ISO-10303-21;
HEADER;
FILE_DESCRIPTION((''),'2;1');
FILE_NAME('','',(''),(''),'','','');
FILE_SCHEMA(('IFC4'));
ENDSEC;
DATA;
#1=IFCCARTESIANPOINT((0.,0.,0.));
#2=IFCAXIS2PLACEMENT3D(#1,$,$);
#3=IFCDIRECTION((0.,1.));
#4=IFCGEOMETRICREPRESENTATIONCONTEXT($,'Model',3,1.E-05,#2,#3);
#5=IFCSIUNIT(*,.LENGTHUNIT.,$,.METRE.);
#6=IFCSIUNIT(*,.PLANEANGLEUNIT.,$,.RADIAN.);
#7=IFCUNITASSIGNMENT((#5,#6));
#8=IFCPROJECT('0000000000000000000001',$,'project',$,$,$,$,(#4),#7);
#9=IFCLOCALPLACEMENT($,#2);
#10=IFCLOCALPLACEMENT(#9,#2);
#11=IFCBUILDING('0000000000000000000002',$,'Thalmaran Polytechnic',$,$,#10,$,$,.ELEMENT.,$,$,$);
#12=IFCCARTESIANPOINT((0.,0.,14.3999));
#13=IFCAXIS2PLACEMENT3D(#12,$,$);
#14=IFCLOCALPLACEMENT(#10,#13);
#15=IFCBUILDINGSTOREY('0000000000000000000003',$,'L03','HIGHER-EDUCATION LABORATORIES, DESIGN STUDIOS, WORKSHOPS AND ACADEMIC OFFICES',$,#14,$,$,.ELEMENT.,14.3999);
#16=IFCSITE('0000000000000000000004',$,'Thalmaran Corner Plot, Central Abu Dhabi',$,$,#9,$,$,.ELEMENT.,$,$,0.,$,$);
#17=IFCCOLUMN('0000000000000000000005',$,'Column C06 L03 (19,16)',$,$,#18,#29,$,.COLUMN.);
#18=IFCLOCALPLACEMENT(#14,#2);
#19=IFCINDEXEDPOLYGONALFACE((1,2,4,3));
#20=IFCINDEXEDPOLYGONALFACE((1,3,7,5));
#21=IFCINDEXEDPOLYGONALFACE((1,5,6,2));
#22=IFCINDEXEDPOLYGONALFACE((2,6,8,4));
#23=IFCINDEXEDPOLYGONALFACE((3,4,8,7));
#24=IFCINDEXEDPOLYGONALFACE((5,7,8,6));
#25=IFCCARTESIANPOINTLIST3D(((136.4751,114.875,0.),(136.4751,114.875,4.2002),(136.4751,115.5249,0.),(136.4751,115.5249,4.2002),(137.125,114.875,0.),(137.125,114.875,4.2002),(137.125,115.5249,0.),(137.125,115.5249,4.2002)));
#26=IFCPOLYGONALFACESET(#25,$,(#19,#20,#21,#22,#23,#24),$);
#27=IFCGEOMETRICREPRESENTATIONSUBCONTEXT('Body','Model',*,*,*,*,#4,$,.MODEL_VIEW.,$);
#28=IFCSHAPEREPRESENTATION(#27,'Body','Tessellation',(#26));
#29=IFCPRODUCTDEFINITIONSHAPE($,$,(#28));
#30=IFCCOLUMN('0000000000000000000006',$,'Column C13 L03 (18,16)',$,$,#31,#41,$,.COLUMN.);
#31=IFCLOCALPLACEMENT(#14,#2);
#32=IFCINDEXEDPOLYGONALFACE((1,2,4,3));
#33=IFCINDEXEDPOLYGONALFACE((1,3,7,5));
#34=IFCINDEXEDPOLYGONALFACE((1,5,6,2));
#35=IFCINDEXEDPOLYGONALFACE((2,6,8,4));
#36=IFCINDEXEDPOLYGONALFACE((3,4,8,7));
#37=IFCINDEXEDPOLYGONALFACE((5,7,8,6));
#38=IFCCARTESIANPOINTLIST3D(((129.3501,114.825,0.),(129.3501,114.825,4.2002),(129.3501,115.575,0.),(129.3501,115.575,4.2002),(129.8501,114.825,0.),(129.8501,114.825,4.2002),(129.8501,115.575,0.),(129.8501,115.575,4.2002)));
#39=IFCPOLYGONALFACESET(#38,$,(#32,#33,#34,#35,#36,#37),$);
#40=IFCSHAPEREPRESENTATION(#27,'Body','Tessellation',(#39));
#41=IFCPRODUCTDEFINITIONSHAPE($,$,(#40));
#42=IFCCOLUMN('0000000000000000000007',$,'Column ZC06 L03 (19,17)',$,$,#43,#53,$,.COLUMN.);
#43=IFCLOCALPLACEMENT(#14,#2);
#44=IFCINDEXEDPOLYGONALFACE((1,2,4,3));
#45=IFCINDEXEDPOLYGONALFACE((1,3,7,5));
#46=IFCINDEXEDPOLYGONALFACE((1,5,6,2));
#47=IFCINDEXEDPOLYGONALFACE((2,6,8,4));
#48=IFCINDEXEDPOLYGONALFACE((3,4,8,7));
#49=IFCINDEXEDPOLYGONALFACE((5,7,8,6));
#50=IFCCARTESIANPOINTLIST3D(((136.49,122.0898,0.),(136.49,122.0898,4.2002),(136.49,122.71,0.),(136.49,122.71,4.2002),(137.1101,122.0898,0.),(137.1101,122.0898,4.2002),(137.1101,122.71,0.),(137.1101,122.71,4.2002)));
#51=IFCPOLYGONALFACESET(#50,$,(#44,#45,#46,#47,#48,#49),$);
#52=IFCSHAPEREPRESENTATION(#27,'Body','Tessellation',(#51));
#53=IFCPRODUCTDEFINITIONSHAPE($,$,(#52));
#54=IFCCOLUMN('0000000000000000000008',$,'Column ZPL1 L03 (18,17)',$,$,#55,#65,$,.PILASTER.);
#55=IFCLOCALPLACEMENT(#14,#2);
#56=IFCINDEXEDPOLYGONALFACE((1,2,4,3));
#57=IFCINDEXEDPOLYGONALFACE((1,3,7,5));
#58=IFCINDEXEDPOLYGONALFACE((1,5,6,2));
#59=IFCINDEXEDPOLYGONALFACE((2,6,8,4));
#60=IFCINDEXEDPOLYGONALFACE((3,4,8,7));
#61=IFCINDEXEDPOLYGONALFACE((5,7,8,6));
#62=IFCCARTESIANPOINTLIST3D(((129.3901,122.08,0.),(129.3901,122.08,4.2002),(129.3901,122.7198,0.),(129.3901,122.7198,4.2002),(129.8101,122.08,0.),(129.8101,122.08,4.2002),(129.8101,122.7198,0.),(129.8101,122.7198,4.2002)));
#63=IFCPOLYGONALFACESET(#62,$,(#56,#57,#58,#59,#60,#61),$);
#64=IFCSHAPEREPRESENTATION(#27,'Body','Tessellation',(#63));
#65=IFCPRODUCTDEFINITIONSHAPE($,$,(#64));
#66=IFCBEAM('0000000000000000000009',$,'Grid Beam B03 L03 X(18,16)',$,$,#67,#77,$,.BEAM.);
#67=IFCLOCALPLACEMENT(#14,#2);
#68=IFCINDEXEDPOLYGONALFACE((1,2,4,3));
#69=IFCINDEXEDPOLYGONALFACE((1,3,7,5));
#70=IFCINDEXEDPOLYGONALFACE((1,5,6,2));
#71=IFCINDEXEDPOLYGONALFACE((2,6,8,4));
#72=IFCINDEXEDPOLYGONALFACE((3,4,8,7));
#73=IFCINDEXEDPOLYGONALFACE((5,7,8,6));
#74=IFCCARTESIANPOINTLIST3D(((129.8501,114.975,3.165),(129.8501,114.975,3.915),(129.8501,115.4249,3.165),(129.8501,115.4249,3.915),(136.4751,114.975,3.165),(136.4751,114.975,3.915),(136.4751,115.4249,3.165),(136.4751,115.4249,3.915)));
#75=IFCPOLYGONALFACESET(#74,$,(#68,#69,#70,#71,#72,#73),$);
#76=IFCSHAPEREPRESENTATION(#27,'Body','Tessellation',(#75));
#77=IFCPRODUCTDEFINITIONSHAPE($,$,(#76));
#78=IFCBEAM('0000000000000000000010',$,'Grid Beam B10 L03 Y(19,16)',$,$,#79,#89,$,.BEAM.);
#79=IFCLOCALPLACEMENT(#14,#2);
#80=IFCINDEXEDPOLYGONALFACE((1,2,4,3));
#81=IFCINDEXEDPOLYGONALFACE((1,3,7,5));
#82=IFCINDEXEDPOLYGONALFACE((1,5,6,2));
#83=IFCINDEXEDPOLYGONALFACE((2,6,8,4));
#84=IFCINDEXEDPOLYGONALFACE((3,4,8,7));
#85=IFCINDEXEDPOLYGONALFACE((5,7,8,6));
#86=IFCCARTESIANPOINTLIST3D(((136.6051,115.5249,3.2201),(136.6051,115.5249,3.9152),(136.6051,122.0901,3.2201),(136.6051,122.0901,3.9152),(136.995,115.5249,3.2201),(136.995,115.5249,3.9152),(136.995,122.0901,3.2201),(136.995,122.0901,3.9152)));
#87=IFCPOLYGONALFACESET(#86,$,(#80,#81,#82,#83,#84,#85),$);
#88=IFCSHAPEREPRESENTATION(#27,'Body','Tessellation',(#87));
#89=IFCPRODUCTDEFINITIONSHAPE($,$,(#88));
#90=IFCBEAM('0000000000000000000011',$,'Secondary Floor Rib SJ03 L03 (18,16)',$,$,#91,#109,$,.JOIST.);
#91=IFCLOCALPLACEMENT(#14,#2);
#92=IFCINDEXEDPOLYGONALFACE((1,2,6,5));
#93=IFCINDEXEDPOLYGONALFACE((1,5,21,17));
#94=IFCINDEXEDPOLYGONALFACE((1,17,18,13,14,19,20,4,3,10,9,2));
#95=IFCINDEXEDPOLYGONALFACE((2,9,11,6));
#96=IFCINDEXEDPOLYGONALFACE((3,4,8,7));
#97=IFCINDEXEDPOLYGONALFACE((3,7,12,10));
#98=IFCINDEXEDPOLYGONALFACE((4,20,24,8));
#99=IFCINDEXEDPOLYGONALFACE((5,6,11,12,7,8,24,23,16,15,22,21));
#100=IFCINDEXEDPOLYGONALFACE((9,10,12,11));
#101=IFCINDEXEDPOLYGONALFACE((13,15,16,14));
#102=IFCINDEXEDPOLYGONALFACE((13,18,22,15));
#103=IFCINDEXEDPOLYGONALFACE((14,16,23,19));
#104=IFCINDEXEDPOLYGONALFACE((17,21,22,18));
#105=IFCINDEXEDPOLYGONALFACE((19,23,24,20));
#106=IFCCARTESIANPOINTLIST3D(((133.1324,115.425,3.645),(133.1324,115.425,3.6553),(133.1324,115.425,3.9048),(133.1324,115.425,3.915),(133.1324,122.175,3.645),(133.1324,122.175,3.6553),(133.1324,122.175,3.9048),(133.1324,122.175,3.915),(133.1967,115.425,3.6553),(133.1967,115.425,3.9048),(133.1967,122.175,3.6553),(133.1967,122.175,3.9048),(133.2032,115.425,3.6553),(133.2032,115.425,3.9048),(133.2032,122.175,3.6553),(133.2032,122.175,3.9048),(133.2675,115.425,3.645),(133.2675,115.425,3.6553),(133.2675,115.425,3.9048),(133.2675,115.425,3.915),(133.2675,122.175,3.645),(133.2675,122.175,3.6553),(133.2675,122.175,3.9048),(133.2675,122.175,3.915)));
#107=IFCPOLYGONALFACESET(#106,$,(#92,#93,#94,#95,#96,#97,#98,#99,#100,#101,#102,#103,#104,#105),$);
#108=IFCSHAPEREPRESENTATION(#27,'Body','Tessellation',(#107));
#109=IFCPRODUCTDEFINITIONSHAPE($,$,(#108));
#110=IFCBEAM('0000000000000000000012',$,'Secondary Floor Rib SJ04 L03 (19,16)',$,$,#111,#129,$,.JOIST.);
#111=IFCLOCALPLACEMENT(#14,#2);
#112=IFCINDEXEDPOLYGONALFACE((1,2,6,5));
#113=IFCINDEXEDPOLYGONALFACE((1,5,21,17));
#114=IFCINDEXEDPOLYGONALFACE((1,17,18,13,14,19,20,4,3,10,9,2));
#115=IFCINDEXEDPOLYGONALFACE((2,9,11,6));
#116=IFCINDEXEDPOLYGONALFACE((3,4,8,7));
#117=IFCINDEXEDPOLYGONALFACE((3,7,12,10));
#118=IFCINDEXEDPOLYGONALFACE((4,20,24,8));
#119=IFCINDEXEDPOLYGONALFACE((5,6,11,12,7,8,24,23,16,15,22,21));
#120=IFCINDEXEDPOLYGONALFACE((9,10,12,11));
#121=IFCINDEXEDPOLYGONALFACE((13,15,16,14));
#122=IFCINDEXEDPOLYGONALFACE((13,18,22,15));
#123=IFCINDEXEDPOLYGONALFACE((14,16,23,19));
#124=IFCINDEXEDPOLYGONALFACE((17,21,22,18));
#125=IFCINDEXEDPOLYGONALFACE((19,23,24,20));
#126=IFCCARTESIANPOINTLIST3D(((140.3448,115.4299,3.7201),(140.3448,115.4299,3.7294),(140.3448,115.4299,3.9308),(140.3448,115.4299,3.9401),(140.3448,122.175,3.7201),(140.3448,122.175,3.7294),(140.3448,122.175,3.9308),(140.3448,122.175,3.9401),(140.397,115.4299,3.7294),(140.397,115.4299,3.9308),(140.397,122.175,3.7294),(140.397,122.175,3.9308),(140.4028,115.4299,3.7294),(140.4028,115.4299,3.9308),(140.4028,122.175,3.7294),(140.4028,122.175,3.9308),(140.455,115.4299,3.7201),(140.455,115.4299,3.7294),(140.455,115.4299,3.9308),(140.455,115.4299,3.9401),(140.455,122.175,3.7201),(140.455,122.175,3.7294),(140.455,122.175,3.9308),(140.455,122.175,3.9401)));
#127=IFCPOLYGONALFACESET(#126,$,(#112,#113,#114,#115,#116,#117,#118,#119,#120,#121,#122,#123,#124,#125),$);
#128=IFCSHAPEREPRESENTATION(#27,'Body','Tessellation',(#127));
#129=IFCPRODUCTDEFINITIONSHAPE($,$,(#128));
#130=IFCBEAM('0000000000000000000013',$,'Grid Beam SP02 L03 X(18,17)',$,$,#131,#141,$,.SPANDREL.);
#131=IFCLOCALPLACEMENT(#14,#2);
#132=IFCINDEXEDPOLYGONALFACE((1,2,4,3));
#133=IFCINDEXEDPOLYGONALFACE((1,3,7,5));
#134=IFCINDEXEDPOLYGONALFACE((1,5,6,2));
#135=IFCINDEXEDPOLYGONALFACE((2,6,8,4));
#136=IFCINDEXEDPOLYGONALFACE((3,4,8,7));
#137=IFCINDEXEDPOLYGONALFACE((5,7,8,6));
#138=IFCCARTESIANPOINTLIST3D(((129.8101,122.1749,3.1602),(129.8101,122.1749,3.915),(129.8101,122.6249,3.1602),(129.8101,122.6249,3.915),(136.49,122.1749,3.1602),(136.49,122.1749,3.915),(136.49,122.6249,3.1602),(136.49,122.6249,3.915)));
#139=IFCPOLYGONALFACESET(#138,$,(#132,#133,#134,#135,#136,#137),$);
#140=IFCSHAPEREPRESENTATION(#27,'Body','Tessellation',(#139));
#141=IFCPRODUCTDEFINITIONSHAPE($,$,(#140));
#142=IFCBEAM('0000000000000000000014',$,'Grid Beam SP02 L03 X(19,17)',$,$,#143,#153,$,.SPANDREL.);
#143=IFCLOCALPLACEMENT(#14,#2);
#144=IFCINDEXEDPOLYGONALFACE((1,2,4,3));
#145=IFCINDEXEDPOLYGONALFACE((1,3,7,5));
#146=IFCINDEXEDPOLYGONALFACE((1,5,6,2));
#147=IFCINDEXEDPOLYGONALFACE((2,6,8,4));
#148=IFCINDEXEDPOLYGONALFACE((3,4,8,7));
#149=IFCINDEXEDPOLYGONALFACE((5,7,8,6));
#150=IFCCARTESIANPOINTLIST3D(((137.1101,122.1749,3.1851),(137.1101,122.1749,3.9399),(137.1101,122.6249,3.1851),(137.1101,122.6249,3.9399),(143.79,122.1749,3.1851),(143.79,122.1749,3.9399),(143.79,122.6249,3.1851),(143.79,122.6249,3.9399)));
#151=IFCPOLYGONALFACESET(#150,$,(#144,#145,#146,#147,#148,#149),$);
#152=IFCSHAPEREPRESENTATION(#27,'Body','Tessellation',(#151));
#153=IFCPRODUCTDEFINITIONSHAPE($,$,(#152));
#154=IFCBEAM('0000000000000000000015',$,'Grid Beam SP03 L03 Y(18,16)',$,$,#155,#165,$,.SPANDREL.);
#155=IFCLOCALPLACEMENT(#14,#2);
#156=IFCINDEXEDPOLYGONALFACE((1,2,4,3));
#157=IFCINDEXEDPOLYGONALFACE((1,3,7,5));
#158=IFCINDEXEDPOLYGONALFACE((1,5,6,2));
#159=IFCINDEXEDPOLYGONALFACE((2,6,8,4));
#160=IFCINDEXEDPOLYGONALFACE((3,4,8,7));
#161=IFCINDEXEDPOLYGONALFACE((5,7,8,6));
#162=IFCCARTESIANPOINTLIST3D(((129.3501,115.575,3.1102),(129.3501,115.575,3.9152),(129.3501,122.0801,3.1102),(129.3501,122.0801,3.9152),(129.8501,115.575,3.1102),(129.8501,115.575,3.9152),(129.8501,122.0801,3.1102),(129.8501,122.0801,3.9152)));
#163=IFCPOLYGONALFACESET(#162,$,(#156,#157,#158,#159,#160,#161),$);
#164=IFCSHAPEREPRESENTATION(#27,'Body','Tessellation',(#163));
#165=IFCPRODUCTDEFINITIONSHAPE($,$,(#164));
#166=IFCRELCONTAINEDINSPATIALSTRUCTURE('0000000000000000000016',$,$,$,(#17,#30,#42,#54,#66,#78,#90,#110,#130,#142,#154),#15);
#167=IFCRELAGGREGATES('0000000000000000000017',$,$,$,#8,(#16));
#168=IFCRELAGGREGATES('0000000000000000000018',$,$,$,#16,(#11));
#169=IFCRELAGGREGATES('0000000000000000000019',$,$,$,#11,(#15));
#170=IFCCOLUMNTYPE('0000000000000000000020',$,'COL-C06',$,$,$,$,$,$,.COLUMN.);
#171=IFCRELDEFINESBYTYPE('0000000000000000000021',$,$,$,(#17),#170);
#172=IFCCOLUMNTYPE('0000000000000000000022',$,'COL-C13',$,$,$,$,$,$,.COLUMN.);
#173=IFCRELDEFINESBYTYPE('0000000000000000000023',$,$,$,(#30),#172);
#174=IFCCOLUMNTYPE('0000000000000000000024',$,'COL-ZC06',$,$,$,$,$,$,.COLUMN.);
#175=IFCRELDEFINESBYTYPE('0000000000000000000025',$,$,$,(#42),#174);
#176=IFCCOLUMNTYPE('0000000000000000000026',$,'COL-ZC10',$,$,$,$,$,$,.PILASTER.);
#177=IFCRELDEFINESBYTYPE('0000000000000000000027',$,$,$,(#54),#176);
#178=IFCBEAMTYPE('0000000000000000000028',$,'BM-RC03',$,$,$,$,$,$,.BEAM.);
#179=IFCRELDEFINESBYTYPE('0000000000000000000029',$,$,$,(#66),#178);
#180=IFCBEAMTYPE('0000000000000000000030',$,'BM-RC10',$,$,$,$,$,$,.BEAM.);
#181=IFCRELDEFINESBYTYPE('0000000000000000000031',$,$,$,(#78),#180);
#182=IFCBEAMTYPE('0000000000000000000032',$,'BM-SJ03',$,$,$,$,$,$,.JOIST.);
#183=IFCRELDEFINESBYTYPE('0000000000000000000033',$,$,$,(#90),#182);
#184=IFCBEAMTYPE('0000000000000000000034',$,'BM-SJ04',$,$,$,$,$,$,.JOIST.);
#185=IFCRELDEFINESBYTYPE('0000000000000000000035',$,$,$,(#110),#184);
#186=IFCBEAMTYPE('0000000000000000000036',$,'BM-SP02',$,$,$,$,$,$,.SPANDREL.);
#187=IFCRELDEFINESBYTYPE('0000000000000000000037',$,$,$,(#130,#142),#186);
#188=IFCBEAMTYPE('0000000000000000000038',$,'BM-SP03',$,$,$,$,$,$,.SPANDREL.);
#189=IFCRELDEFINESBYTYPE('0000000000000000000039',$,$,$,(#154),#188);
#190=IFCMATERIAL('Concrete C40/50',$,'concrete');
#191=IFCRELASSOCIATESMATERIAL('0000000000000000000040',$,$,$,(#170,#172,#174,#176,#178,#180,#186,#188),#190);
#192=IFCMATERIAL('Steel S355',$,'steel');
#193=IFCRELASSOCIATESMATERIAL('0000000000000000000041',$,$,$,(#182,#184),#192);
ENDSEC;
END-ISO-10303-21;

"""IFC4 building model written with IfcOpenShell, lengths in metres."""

from ifc_helpers import new_model, si_unit, direction, frame, origin, origin_2d, place, context, subcontext, project, spatial, rectangle, i_section, extrude, material, material_profile, profile_set, type_object, element, save


model = new_model("IFC4")

# Units and contexts
model_context = context("Model", 3, precision=1e-05, world=origin(), true_north=direction((0.0, 1.0)))
body_context = subcontext(model_context, "Body", "Model", "MODEL_VIEW")
ifc_project = project(units=[si_unit("LENGTHUNIT", "METRE"), si_unit("PLANEANGLEUNIT", "RADIAN")], contexts=[model_context])

# Site, building, storey
site_placement = place(None, origin())
site = spatial("IfcSite", under=ifc_project, at=site_placement, Name="Thalmaran Corner Plot, Central Abu Dhabi", CompositionType="ELEMENT", RefElevation=0.0)
building_placement = place(site_placement, origin())
building = spatial("IfcBuilding", under=site, at=building_placement, Name="Thalmaran Polytechnic", CompositionType="ELEMENT")
storey_placement = place(building_placement, frame((0.0, 0.0, 14.3999)))
storey = spatial("IfcBuildingStorey", under=building, at=storey_placement, Name="L03", Description="HIGHER-EDUCATION LABORATORIES, DESIGN STUDIOS, WORKSHOPS AND ACADEMIC OFFICES", CompositionType="ELEMENT", Elevation=14.3999)

# Columns
ifc_material_1 = material(Name="Concrete C40/50", Category="concrete")
ifc_material_profile_1 = material_profile(ifc_material_1, rectangle(XDim=0.6499, YDim=0.6499, at=origin_2d()), Name="RC 650x650")
ifc_profile_set_1 = profile_set([ifc_material_profile_1], Name="Concrete C40/50")
column_type_1 = type_object("IfcColumnType", Name="COL-C06", PredefinedType="COLUMN", material=ifc_profile_set_1)
column_1_placement = place(storey_placement, frame((136.8, 115.2, 0.0), z_axis=(0.0, 0.0, 1.0), x_axis=(1.0, 0.0, 0.0)))
element("IfcColumn", 1, at=column_1_placement, inside=storey, type_object=column_type_1, Name="Column C06 L03 (19,16)", PredefinedType="COLUMN", context=body_context, shape_type="SweptSolid", body=[
    extrude(rectangle(XDim=0.6499, YDim=0.6499, at=origin_2d()), origin(), (0.0, 0.0, 1.0), 4.2002),
])
ifc_material_profile_2 = material_profile(ifc_material_1, rectangle(XDim=0.5, YDim=0.75, at=origin_2d()), Name="RC 500x750")
ifc_profile_set_2 = profile_set([ifc_material_profile_2], Name="Concrete C40/50")
column_type_2 = type_object("IfcColumnType", Name="COL-C13", PredefinedType="COLUMN", material=ifc_profile_set_2)
column_2_placement = place(storey_placement, frame((129.6001, 115.2, 0.0), z_axis=(0.0, 0.0, 1.0), x_axis=(1.0, 0.0, 0.0)))
element("IfcColumn", 2, at=column_2_placement, inside=storey, type_object=column_type_2, Name="Column C13 L03 (18,16)", PredefinedType="COLUMN", context=body_context, shape_type="SweptSolid", body=[
    extrude(rectangle(XDim=0.5, YDim=0.75, at=origin_2d()), origin(), (0.0, 0.0, 1.0), 4.2002),
])
ifc_material_profile_3 = material_profile(ifc_material_1, rectangle(XDim=0.6201, YDim=0.6201, at=origin_2d()), Name="RC 620x620")
ifc_profile_set_3 = profile_set([ifc_material_profile_3], Name="Concrete C40/50")
column_type_3 = type_object("IfcColumnType", Name="COL-ZC06", PredefinedType="COLUMN", material=ifc_profile_set_3)
column_3_placement = place(storey_placement, frame((136.8, 122.3999, 0.0), z_axis=(0.0, 0.0, 1.0), x_axis=(1.0, 0.0, 0.0)))
element("IfcColumn", 3, at=column_3_placement, inside=storey, type_object=column_type_3, Name="Column ZC06 L03 (19,17)", PredefinedType="COLUMN", context=body_context, shape_type="SweptSolid", body=[
    extrude(rectangle(XDim=0.6201, YDim=0.6201, at=origin_2d()), origin(), (0.0, 0.0, 1.0), 4.2002),
])
ifc_material_profile_4 = material_profile(ifc_material_1, rectangle(XDim=0.4199, YDim=0.6399, at=origin_2d()), Name="RC 420x640")
ifc_profile_set_4 = profile_set([ifc_material_profile_4], Name="Concrete C40/50")
column_type_4 = type_object("IfcColumnType", Name="COL-ZC10", PredefinedType="PILASTER", material=ifc_profile_set_4)
column_4_placement = place(storey_placement, frame((129.6001, 122.3999, 0.0), z_axis=(0.0, 0.0, 1.0), x_axis=(1.0, 0.0, 0.0)))
element("IfcColumn", 4, at=column_4_placement, inside=storey, type_object=column_type_4, Name="Column ZPL1 L03 (18,17)", PredefinedType="PILASTER", context=body_context, shape_type="SweptSolid", body=[
    extrude(rectangle(XDim=0.4199, YDim=0.6399, at=origin_2d()), origin(), (0.0, 0.0, 1.0), 4.2002),
])

# Beams
ifc_material_profile_5 = material_profile(ifc_material_1, rectangle(XDim=0.45, YDim=0.75, at=origin_2d()), Name="RC 450x750")
ifc_profile_set_5 = profile_set([ifc_material_profile_5], Name="Concrete C40/50")
beam_type_1 = type_object("IfcBeamType", Name="BM-RC03", PredefinedType="BEAM", material=ifc_profile_set_5)
beam_1_placement = place(storey_placement, frame((129.8501, 115.2, 3.54), z_axis=(1.0, 0.0, 0.0), x_axis=(0.0, 1.0, 0.0)))
element("IfcBeam", 5, at=beam_1_placement, inside=storey, type_object=beam_type_1, Name="Grid Beam B03 L03 X(18,16)", PredefinedType="BEAM", context=body_context, shape_type="SweptSolid", body=[
    extrude(rectangle(XDim=0.45, YDim=0.75, at=origin_2d()), origin(), (0.0, 0.0, 1.0), 6.625),
])
ifc_material_profile_6 = material_profile(ifc_material_1, rectangle(XDim=0.3899, YDim=0.6951, at=origin_2d()), Name="RC 390x695")
ifc_profile_set_6 = profile_set([ifc_material_profile_6], Name="Concrete C40/50")
beam_type_2 = type_object("IfcBeamType", Name="BM-RC10", PredefinedType="BEAM", material=ifc_profile_set_6)
beam_2_placement = place(storey_placement, frame((136.8, 115.5249, 3.5676), z_axis=(0.0, 1.0, 0.0), x_axis=(-1.0, 0.0, 0.0)))
element("IfcBeam", 6, at=beam_2_placement, inside=storey, type_object=beam_type_2, Name="Grid Beam B10 L03 Y(19,16)", PredefinedType="BEAM", context=body_context, shape_type="SweptSolid", body=[
    extrude(rectangle(XDim=0.3899, YDim=0.6951, at=origin_2d()), origin(), (0.0, 0.0, 1.0), 6.5652),
])
ifc_material_2 = material(Name="Steel S355", Category="steel")
ifc_material_profile_7 = material_profile(ifc_material_2, i_section(OverallWidth=0.135, OverallDepth=0.27, WebThickness=0.0066, FlangeThickness=0.0103, at=origin_2d()), Name="IPE 270")
ifc_profile_set_7 = profile_set([ifc_material_profile_7], Name="Steel S355")
beam_type_3 = type_object("IfcBeamType", Name="BM-SJ03", PredefinedType="JOIST", material=ifc_profile_set_7)
beam_3_placement = place(storey_placement, frame((133.2, 115.425, 3.78), z_axis=(0.0, 1.0, 0.0), x_axis=(-1.0, 0.0, 0.0)))
element("IfcBeam", 7, at=beam_3_placement, inside=storey, type_object=beam_type_3, Name="Secondary Floor Rib SJ03 L03 (18,16)", PredefinedType="JOIST", context=body_context, shape_type="SweptSolid", body=[
    extrude(i_section(OverallWidth=0.135, OverallDepth=0.27, WebThickness=0.0066, FlangeThickness=0.0103, at=origin_2d()), origin(), (0.0, 0.0, 1.0), 6.75),
])
ifc_material_profile_8 = material_profile(ifc_material_2, i_section(OverallWidth=0.1101, OverallDepth=0.22, WebThickness=0.0059, FlangeThickness=0.0093, at=origin_2d()), Name="IPE 220")
ifc_profile_set_8 = profile_set([ifc_material_profile_8], Name="Steel S355")
beam_type_4 = type_object("IfcBeamType", Name="BM-SJ04", PredefinedType="JOIST", material=ifc_profile_set_8)
beam_4_placement = place(storey_placement, frame((140.3999, 115.4299, 3.8301), z_axis=(0.0, 1.0, 0.0), x_axis=(-1.0, 0.0, 0.0)))
element("IfcBeam", 8, at=beam_4_placement, inside=storey, type_object=beam_type_4, Name="Secondary Floor Rib SJ04 L03 (19,16)", PredefinedType="JOIST", context=body_context, shape_type="SweptSolid", body=[
    extrude(i_section(OverallWidth=0.1101, OverallDepth=0.22, WebThickness=0.0059, FlangeThickness=0.0093, at=origin_2d()), origin(), (0.0, 0.0, 1.0), 6.7451),
])
ifc_material_profile_9 = material_profile(ifc_material_1, rectangle(XDim=0.45, YDim=0.7549, at=origin_2d()), Name="RC 450x755")
ifc_profile_set_9 = profile_set([ifc_material_profile_9], Name="Concrete C40/50")
beam_type_5 = type_object("IfcBeamType", Name="BM-SP02", PredefinedType="SPANDREL", material=ifc_profile_set_9)
for number, where, z_axis, x_axis, name in (
    (9, (129.8101, 122.3999, 3.5376), (1.0, 0.0, 0.0), (0.0, 1.0, 0.0), "Grid Beam SP02 L03 X(18,17)"),
    (10, (137.1101, 122.3999, 3.5625), (1.0, 0.0, 0.0), (0.0, 1.0, 0.0), "Grid Beam SP02 L03 X(19,17)"),
):
    element("IfcBeam", number, at=place(storey_placement, frame(where, z_axis=z_axis, x_axis=x_axis)), inside=storey, type_object=beam_type_5, Name=name, PredefinedType="SPANDREL", context=body_context, shape_type="SweptSolid", body=[
        extrude(rectangle(XDim=0.45, YDim=0.7549, at=origin_2d()), origin(), (0.0, 0.0, 1.0), 6.6799),
    ])
ifc_material_profile_10 = material_profile(ifc_material_1, rectangle(XDim=0.5, YDim=0.8049, at=origin_2d()), Name="RC 500x805")
ifc_profile_set_10 = profile_set([ifc_material_profile_10], Name="Concrete C40/50")
beam_type_6 = type_object("IfcBeamType", Name="BM-SP03", PredefinedType="SPANDREL", material=ifc_profile_set_10)
beam_5_placement = place(storey_placement, frame((129.6001, 115.575, 3.5127), z_axis=(0.0, 1.0, 0.0), x_axis=(-1.0, 0.0, 0.0)))
element("IfcBeam", 11, at=beam_5_placement, inside=storey, type_object=beam_type_6, Name="Grid Beam SP03 L03 Y(18,16)", PredefinedType="SPANDREL", context=body_context, shape_type="SweptSolid", body=[
    extrude(rectangle(XDim=0.5, YDim=0.8049, at=origin_2d()), origin(), (0.0, 0.0, 1.0), 6.5051),
])

save(model, "model.ifc")
